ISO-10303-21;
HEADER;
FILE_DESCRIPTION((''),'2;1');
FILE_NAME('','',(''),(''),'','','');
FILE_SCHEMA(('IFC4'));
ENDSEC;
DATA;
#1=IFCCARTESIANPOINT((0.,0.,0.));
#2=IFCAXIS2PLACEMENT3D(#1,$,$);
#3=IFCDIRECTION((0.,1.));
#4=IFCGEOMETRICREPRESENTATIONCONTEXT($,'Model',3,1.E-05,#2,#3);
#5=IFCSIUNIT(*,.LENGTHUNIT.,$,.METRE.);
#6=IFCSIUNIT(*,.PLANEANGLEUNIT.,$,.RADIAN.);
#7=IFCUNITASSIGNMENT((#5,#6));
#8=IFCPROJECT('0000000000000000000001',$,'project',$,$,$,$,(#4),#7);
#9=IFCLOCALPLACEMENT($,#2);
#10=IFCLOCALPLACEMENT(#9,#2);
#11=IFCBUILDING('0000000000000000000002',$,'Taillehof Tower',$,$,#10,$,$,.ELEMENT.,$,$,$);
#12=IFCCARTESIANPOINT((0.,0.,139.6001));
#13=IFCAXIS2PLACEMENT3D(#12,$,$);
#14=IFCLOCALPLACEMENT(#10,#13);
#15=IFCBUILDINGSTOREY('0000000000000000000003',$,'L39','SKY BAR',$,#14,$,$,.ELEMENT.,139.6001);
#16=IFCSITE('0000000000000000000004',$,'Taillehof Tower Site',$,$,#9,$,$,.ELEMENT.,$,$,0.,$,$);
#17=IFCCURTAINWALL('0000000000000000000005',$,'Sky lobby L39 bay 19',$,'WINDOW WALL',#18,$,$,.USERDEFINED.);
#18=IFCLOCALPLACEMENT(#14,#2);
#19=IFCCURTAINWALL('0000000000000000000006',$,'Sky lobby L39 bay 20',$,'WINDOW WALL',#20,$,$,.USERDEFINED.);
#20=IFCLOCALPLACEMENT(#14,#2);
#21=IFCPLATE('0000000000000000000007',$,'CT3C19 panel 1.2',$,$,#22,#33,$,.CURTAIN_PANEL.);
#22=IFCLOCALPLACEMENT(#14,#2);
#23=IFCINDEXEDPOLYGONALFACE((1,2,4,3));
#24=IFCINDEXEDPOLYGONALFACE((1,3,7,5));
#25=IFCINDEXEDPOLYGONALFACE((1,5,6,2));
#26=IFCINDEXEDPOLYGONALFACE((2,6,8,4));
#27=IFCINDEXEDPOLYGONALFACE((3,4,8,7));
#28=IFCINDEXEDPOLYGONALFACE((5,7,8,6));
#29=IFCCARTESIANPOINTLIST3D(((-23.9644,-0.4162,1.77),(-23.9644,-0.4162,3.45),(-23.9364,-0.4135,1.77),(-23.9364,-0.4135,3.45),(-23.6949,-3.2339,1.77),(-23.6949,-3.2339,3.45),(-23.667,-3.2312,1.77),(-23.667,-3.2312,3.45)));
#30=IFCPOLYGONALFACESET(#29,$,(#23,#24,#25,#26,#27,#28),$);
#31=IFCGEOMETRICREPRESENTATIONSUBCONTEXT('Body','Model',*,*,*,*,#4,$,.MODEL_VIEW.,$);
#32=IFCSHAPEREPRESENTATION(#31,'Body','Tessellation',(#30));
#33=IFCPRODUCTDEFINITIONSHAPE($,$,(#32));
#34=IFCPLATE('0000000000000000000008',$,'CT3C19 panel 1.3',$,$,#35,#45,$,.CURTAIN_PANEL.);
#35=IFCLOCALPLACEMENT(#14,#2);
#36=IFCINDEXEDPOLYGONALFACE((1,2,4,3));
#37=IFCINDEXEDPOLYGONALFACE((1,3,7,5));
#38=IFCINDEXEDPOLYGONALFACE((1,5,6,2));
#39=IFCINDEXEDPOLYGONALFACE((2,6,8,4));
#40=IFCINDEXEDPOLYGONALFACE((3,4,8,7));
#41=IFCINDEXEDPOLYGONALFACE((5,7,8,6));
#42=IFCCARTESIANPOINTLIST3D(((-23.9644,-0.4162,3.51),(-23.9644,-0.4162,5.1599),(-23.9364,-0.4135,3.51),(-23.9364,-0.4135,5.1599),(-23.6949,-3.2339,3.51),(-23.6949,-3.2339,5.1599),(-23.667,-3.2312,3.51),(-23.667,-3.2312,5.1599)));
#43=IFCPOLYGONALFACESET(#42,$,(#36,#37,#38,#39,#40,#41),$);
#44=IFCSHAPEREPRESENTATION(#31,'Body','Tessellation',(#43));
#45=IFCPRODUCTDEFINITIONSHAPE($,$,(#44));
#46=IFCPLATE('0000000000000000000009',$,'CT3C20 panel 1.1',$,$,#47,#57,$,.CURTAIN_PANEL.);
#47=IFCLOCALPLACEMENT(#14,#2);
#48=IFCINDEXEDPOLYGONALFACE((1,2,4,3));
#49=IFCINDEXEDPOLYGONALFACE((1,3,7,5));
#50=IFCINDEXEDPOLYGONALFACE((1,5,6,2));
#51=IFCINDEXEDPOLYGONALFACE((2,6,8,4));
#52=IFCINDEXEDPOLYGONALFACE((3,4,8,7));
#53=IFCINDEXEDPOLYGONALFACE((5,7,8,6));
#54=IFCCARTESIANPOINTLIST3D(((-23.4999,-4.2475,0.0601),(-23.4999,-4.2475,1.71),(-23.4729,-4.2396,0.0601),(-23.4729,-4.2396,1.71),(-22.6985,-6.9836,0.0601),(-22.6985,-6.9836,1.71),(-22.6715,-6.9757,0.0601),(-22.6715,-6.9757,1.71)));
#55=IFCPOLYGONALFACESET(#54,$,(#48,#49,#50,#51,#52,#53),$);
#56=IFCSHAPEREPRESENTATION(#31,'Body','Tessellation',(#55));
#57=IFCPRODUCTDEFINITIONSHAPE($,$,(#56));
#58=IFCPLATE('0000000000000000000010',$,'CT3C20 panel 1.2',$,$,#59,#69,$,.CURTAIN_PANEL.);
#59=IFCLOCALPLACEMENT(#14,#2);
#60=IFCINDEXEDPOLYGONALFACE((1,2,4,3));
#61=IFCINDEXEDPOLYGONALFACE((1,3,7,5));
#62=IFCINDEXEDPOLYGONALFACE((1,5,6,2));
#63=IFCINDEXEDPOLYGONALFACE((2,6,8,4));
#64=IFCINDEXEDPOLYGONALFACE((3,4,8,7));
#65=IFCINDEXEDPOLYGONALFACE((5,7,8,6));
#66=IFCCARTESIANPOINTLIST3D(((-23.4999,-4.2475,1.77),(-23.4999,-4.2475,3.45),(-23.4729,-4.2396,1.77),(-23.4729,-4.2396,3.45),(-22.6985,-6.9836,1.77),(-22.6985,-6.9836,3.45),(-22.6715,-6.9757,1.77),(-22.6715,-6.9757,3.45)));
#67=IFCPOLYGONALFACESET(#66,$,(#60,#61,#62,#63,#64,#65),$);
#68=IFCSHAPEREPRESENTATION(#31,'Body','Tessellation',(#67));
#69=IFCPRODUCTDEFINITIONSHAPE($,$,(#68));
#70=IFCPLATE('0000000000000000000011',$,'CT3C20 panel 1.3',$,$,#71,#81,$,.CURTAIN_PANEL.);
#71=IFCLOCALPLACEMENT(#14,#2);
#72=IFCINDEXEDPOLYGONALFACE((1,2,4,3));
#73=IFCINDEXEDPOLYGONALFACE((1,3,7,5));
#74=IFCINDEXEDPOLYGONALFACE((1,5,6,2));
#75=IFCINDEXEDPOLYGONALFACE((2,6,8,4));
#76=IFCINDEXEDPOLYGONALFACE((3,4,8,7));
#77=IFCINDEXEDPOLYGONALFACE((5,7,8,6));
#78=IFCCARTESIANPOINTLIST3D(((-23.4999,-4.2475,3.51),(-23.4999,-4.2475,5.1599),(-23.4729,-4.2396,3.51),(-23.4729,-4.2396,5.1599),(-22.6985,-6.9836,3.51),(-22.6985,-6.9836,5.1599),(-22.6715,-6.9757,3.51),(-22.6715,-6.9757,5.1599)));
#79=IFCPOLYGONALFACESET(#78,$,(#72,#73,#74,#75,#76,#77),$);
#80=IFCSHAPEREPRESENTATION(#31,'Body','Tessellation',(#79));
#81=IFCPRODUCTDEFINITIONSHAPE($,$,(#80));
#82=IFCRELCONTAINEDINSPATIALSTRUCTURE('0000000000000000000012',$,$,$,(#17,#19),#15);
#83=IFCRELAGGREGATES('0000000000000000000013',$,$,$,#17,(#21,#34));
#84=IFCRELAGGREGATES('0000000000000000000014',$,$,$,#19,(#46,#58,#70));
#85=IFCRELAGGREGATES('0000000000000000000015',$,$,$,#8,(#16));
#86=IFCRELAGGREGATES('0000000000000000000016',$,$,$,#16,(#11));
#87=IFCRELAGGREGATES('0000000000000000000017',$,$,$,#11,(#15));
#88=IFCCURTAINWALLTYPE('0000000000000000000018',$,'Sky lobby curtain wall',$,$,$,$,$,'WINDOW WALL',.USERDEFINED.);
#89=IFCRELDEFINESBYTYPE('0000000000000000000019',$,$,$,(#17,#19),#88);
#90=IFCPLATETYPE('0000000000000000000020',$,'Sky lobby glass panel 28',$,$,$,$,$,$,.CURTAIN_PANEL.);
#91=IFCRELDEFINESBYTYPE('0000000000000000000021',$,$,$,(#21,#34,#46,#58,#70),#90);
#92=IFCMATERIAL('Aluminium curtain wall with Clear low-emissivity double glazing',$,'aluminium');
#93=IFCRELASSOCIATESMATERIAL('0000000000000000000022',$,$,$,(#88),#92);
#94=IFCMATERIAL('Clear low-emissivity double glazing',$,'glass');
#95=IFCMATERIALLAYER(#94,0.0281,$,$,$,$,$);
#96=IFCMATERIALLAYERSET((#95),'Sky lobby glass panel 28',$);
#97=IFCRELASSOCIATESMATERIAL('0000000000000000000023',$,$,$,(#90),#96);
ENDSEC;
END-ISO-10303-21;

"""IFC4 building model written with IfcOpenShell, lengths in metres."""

from ifc_helpers import new_model, si_unit, direction, frame, origin, origin_2d, place, context, subcontext, project, spatial, rectangle, extrude, material, layer, layer_set, type_object, element, aggregate, save


model = new_model("IFC4")

# Units and contexts
model_context = context("Model", 3, precision=1e-05, world=origin(), true_north=direction((0.0, 1.0)))
body_context = subcontext(model_context, "Body", "Model", "MODEL_VIEW")
ifc_project = project(units=[si_unit("LENGTHUNIT", "METRE"), si_unit("PLANEANGLEUNIT", "RADIAN")], contexts=[model_context])

# Site, building, storey
site_placement = place(None, origin())
site = spatial("IfcSite", under=ifc_project, at=site_placement, Name="Taillehof Tower Site", CompositionType="ELEMENT", RefElevation=0.0)
building_placement = place(site_placement, origin())
building = spatial("IfcBuilding", under=site, at=building_placement, Name="Taillehof Tower", CompositionType="ELEMENT")
storey_placement = place(building_placement, frame((0.0, 0.0, 139.6001)))
storey = spatial("IfcBuildingStorey", under=building, at=storey_placement, Name="L39", Description="SKY BAR", CompositionType="ELEMENT", Elevation=139.6001)

# Curtain wall
ifc_material_1 = material(Name="Aluminium curtain wall with Clear low-emissivity double glazing", Category="aluminium")
curtain_wall_type = type_object("IfcCurtainWallType", Name="Sky lobby curtain wall", ElementType="WINDOW WALL", PredefinedType="USERDEFINED", material=ifc_material_1)
curtain_wall_1_placement = place(storey_placement, origin())
curtain_wall_1 = element("IfcCurtainWall", 1, at=curtain_wall_1_placement, inside=storey, type_object=curtain_wall_type, Name="Sky lobby L39 bay 19", ObjectType="WINDOW WALL", PredefinedType="USERDEFINED")

# Curtain wall
curtain_wall_2_placement = place(storey_placement, origin())
curtain_wall_2 = element("IfcCurtainWall", 2, at=curtain_wall_2_placement, inside=storey, type_object=curtain_wall_type, Name="Sky lobby L39 bay 20", ObjectType="WINDOW WALL", PredefinedType="USERDEFINED")

# Plates
ifc_material_2 = material(Name="Clear low-emissivity double glazing", Category="glass")
ifc_layer = layer(ifc_material_2, 0.0281)
ifc_layer_set = layer_set([ifc_layer], Name="Sky lobby glass panel 28")
plate_type = type_object("IfcPlateType", Name="Sky lobby glass panel 28", PredefinedType="CURTAIN_PANEL", material=ifc_layer_set)
plate_1_placement = place(storey_placement, frame((-23.8157, -1.8237, 1.77), z_axis=(0.0, 0.0, 1.0), x_axis=(0.095197, -0.995458, 0.0)))
plate_1 = element("IfcPlate", 3, at=plate_1_placement, type_object=plate_type, Name="CT3C19 panel 1.2", PredefinedType="CURTAIN_PANEL", context=body_context, shape_type="SweptSolid", body=[
    extrude(rectangle(XDim=2.8306, YDim=0.0281, at=origin_2d()), origin(), (0.0, 0.0, 1.0), 1.6799),
])
plate_2_placement = place(storey_placement, frame((-23.8157, -1.8237, 3.51), z_axis=(0.0, 0.0, 1.0), x_axis=(0.095197, -0.995458, 0.0)))
plate_2 = element("IfcPlate", 4, at=plate_2_placement, type_object=plate_type, Name="CT3C19 panel 1.3", PredefinedType="CURTAIN_PANEL", context=body_context, shape_type="SweptSolid", body=[
    extrude(rectangle(XDim=2.8306, YDim=0.0281, at=origin_2d()), origin(), (0.0, 0.0, 1.0), 1.6499),
])
aggregate(curtain_wall_1, [plate_1, plate_2])
plate_3_placement = place(storey_placement, frame((-23.0857, -5.6116, 0.0601), z_axis=(0.0, 0.0, 1.0), x_axis=(0.28108, -0.959684, 0.0)))
plate_3 = element("IfcPlate", 5, at=plate_3_placement, type_object=plate_type, Name="CT3C20 panel 1.1", PredefinedType="CURTAIN_PANEL", context=body_context, shape_type="SweptSolid", body=[
    extrude(rectangle(XDim=2.8511, YDim=0.0281, at=origin_2d()), origin(), (0.0, 0.0, 1.0), 1.6499),
])
plate_4_placement = place(storey_placement, frame((-23.0857, -5.6116, 1.77), z_axis=(0.0, 0.0, 1.0), x_axis=(0.28108, -0.959684, 0.0)))
plate_4 = element("IfcPlate", 6, at=plate_4_placement, type_object=plate_type, Name="CT3C20 panel 1.2", PredefinedType="CURTAIN_PANEL", context=body_context, shape_type="SweptSolid", body=[
    extrude(rectangle(XDim=2.8511, YDim=0.0281, at=origin_2d()), origin(), (0.0, 0.0, 1.0), 1.6799),
])
plate_5_placement = place(storey_placement, frame((-23.0857, -5.6116, 3.51), z_axis=(0.0, 0.0, 1.0), x_axis=(0.28108, -0.959684, 0.0)))
plate_5 = element("IfcPlate", 7, at=plate_5_placement, type_object=plate_type, Name="CT3C20 panel 1.3", PredefinedType="CURTAIN_PANEL", context=body_context, shape_type="SweptSolid", body=[
    extrude(rectangle(XDim=2.8511, YDim=0.0281, at=origin_2d()), origin(), (0.0, 0.0, 1.0), 1.6499),
])
aggregate(curtain_wall_2, [plate_3, plate_4, plate_5])

save(model, "model.ifc")
